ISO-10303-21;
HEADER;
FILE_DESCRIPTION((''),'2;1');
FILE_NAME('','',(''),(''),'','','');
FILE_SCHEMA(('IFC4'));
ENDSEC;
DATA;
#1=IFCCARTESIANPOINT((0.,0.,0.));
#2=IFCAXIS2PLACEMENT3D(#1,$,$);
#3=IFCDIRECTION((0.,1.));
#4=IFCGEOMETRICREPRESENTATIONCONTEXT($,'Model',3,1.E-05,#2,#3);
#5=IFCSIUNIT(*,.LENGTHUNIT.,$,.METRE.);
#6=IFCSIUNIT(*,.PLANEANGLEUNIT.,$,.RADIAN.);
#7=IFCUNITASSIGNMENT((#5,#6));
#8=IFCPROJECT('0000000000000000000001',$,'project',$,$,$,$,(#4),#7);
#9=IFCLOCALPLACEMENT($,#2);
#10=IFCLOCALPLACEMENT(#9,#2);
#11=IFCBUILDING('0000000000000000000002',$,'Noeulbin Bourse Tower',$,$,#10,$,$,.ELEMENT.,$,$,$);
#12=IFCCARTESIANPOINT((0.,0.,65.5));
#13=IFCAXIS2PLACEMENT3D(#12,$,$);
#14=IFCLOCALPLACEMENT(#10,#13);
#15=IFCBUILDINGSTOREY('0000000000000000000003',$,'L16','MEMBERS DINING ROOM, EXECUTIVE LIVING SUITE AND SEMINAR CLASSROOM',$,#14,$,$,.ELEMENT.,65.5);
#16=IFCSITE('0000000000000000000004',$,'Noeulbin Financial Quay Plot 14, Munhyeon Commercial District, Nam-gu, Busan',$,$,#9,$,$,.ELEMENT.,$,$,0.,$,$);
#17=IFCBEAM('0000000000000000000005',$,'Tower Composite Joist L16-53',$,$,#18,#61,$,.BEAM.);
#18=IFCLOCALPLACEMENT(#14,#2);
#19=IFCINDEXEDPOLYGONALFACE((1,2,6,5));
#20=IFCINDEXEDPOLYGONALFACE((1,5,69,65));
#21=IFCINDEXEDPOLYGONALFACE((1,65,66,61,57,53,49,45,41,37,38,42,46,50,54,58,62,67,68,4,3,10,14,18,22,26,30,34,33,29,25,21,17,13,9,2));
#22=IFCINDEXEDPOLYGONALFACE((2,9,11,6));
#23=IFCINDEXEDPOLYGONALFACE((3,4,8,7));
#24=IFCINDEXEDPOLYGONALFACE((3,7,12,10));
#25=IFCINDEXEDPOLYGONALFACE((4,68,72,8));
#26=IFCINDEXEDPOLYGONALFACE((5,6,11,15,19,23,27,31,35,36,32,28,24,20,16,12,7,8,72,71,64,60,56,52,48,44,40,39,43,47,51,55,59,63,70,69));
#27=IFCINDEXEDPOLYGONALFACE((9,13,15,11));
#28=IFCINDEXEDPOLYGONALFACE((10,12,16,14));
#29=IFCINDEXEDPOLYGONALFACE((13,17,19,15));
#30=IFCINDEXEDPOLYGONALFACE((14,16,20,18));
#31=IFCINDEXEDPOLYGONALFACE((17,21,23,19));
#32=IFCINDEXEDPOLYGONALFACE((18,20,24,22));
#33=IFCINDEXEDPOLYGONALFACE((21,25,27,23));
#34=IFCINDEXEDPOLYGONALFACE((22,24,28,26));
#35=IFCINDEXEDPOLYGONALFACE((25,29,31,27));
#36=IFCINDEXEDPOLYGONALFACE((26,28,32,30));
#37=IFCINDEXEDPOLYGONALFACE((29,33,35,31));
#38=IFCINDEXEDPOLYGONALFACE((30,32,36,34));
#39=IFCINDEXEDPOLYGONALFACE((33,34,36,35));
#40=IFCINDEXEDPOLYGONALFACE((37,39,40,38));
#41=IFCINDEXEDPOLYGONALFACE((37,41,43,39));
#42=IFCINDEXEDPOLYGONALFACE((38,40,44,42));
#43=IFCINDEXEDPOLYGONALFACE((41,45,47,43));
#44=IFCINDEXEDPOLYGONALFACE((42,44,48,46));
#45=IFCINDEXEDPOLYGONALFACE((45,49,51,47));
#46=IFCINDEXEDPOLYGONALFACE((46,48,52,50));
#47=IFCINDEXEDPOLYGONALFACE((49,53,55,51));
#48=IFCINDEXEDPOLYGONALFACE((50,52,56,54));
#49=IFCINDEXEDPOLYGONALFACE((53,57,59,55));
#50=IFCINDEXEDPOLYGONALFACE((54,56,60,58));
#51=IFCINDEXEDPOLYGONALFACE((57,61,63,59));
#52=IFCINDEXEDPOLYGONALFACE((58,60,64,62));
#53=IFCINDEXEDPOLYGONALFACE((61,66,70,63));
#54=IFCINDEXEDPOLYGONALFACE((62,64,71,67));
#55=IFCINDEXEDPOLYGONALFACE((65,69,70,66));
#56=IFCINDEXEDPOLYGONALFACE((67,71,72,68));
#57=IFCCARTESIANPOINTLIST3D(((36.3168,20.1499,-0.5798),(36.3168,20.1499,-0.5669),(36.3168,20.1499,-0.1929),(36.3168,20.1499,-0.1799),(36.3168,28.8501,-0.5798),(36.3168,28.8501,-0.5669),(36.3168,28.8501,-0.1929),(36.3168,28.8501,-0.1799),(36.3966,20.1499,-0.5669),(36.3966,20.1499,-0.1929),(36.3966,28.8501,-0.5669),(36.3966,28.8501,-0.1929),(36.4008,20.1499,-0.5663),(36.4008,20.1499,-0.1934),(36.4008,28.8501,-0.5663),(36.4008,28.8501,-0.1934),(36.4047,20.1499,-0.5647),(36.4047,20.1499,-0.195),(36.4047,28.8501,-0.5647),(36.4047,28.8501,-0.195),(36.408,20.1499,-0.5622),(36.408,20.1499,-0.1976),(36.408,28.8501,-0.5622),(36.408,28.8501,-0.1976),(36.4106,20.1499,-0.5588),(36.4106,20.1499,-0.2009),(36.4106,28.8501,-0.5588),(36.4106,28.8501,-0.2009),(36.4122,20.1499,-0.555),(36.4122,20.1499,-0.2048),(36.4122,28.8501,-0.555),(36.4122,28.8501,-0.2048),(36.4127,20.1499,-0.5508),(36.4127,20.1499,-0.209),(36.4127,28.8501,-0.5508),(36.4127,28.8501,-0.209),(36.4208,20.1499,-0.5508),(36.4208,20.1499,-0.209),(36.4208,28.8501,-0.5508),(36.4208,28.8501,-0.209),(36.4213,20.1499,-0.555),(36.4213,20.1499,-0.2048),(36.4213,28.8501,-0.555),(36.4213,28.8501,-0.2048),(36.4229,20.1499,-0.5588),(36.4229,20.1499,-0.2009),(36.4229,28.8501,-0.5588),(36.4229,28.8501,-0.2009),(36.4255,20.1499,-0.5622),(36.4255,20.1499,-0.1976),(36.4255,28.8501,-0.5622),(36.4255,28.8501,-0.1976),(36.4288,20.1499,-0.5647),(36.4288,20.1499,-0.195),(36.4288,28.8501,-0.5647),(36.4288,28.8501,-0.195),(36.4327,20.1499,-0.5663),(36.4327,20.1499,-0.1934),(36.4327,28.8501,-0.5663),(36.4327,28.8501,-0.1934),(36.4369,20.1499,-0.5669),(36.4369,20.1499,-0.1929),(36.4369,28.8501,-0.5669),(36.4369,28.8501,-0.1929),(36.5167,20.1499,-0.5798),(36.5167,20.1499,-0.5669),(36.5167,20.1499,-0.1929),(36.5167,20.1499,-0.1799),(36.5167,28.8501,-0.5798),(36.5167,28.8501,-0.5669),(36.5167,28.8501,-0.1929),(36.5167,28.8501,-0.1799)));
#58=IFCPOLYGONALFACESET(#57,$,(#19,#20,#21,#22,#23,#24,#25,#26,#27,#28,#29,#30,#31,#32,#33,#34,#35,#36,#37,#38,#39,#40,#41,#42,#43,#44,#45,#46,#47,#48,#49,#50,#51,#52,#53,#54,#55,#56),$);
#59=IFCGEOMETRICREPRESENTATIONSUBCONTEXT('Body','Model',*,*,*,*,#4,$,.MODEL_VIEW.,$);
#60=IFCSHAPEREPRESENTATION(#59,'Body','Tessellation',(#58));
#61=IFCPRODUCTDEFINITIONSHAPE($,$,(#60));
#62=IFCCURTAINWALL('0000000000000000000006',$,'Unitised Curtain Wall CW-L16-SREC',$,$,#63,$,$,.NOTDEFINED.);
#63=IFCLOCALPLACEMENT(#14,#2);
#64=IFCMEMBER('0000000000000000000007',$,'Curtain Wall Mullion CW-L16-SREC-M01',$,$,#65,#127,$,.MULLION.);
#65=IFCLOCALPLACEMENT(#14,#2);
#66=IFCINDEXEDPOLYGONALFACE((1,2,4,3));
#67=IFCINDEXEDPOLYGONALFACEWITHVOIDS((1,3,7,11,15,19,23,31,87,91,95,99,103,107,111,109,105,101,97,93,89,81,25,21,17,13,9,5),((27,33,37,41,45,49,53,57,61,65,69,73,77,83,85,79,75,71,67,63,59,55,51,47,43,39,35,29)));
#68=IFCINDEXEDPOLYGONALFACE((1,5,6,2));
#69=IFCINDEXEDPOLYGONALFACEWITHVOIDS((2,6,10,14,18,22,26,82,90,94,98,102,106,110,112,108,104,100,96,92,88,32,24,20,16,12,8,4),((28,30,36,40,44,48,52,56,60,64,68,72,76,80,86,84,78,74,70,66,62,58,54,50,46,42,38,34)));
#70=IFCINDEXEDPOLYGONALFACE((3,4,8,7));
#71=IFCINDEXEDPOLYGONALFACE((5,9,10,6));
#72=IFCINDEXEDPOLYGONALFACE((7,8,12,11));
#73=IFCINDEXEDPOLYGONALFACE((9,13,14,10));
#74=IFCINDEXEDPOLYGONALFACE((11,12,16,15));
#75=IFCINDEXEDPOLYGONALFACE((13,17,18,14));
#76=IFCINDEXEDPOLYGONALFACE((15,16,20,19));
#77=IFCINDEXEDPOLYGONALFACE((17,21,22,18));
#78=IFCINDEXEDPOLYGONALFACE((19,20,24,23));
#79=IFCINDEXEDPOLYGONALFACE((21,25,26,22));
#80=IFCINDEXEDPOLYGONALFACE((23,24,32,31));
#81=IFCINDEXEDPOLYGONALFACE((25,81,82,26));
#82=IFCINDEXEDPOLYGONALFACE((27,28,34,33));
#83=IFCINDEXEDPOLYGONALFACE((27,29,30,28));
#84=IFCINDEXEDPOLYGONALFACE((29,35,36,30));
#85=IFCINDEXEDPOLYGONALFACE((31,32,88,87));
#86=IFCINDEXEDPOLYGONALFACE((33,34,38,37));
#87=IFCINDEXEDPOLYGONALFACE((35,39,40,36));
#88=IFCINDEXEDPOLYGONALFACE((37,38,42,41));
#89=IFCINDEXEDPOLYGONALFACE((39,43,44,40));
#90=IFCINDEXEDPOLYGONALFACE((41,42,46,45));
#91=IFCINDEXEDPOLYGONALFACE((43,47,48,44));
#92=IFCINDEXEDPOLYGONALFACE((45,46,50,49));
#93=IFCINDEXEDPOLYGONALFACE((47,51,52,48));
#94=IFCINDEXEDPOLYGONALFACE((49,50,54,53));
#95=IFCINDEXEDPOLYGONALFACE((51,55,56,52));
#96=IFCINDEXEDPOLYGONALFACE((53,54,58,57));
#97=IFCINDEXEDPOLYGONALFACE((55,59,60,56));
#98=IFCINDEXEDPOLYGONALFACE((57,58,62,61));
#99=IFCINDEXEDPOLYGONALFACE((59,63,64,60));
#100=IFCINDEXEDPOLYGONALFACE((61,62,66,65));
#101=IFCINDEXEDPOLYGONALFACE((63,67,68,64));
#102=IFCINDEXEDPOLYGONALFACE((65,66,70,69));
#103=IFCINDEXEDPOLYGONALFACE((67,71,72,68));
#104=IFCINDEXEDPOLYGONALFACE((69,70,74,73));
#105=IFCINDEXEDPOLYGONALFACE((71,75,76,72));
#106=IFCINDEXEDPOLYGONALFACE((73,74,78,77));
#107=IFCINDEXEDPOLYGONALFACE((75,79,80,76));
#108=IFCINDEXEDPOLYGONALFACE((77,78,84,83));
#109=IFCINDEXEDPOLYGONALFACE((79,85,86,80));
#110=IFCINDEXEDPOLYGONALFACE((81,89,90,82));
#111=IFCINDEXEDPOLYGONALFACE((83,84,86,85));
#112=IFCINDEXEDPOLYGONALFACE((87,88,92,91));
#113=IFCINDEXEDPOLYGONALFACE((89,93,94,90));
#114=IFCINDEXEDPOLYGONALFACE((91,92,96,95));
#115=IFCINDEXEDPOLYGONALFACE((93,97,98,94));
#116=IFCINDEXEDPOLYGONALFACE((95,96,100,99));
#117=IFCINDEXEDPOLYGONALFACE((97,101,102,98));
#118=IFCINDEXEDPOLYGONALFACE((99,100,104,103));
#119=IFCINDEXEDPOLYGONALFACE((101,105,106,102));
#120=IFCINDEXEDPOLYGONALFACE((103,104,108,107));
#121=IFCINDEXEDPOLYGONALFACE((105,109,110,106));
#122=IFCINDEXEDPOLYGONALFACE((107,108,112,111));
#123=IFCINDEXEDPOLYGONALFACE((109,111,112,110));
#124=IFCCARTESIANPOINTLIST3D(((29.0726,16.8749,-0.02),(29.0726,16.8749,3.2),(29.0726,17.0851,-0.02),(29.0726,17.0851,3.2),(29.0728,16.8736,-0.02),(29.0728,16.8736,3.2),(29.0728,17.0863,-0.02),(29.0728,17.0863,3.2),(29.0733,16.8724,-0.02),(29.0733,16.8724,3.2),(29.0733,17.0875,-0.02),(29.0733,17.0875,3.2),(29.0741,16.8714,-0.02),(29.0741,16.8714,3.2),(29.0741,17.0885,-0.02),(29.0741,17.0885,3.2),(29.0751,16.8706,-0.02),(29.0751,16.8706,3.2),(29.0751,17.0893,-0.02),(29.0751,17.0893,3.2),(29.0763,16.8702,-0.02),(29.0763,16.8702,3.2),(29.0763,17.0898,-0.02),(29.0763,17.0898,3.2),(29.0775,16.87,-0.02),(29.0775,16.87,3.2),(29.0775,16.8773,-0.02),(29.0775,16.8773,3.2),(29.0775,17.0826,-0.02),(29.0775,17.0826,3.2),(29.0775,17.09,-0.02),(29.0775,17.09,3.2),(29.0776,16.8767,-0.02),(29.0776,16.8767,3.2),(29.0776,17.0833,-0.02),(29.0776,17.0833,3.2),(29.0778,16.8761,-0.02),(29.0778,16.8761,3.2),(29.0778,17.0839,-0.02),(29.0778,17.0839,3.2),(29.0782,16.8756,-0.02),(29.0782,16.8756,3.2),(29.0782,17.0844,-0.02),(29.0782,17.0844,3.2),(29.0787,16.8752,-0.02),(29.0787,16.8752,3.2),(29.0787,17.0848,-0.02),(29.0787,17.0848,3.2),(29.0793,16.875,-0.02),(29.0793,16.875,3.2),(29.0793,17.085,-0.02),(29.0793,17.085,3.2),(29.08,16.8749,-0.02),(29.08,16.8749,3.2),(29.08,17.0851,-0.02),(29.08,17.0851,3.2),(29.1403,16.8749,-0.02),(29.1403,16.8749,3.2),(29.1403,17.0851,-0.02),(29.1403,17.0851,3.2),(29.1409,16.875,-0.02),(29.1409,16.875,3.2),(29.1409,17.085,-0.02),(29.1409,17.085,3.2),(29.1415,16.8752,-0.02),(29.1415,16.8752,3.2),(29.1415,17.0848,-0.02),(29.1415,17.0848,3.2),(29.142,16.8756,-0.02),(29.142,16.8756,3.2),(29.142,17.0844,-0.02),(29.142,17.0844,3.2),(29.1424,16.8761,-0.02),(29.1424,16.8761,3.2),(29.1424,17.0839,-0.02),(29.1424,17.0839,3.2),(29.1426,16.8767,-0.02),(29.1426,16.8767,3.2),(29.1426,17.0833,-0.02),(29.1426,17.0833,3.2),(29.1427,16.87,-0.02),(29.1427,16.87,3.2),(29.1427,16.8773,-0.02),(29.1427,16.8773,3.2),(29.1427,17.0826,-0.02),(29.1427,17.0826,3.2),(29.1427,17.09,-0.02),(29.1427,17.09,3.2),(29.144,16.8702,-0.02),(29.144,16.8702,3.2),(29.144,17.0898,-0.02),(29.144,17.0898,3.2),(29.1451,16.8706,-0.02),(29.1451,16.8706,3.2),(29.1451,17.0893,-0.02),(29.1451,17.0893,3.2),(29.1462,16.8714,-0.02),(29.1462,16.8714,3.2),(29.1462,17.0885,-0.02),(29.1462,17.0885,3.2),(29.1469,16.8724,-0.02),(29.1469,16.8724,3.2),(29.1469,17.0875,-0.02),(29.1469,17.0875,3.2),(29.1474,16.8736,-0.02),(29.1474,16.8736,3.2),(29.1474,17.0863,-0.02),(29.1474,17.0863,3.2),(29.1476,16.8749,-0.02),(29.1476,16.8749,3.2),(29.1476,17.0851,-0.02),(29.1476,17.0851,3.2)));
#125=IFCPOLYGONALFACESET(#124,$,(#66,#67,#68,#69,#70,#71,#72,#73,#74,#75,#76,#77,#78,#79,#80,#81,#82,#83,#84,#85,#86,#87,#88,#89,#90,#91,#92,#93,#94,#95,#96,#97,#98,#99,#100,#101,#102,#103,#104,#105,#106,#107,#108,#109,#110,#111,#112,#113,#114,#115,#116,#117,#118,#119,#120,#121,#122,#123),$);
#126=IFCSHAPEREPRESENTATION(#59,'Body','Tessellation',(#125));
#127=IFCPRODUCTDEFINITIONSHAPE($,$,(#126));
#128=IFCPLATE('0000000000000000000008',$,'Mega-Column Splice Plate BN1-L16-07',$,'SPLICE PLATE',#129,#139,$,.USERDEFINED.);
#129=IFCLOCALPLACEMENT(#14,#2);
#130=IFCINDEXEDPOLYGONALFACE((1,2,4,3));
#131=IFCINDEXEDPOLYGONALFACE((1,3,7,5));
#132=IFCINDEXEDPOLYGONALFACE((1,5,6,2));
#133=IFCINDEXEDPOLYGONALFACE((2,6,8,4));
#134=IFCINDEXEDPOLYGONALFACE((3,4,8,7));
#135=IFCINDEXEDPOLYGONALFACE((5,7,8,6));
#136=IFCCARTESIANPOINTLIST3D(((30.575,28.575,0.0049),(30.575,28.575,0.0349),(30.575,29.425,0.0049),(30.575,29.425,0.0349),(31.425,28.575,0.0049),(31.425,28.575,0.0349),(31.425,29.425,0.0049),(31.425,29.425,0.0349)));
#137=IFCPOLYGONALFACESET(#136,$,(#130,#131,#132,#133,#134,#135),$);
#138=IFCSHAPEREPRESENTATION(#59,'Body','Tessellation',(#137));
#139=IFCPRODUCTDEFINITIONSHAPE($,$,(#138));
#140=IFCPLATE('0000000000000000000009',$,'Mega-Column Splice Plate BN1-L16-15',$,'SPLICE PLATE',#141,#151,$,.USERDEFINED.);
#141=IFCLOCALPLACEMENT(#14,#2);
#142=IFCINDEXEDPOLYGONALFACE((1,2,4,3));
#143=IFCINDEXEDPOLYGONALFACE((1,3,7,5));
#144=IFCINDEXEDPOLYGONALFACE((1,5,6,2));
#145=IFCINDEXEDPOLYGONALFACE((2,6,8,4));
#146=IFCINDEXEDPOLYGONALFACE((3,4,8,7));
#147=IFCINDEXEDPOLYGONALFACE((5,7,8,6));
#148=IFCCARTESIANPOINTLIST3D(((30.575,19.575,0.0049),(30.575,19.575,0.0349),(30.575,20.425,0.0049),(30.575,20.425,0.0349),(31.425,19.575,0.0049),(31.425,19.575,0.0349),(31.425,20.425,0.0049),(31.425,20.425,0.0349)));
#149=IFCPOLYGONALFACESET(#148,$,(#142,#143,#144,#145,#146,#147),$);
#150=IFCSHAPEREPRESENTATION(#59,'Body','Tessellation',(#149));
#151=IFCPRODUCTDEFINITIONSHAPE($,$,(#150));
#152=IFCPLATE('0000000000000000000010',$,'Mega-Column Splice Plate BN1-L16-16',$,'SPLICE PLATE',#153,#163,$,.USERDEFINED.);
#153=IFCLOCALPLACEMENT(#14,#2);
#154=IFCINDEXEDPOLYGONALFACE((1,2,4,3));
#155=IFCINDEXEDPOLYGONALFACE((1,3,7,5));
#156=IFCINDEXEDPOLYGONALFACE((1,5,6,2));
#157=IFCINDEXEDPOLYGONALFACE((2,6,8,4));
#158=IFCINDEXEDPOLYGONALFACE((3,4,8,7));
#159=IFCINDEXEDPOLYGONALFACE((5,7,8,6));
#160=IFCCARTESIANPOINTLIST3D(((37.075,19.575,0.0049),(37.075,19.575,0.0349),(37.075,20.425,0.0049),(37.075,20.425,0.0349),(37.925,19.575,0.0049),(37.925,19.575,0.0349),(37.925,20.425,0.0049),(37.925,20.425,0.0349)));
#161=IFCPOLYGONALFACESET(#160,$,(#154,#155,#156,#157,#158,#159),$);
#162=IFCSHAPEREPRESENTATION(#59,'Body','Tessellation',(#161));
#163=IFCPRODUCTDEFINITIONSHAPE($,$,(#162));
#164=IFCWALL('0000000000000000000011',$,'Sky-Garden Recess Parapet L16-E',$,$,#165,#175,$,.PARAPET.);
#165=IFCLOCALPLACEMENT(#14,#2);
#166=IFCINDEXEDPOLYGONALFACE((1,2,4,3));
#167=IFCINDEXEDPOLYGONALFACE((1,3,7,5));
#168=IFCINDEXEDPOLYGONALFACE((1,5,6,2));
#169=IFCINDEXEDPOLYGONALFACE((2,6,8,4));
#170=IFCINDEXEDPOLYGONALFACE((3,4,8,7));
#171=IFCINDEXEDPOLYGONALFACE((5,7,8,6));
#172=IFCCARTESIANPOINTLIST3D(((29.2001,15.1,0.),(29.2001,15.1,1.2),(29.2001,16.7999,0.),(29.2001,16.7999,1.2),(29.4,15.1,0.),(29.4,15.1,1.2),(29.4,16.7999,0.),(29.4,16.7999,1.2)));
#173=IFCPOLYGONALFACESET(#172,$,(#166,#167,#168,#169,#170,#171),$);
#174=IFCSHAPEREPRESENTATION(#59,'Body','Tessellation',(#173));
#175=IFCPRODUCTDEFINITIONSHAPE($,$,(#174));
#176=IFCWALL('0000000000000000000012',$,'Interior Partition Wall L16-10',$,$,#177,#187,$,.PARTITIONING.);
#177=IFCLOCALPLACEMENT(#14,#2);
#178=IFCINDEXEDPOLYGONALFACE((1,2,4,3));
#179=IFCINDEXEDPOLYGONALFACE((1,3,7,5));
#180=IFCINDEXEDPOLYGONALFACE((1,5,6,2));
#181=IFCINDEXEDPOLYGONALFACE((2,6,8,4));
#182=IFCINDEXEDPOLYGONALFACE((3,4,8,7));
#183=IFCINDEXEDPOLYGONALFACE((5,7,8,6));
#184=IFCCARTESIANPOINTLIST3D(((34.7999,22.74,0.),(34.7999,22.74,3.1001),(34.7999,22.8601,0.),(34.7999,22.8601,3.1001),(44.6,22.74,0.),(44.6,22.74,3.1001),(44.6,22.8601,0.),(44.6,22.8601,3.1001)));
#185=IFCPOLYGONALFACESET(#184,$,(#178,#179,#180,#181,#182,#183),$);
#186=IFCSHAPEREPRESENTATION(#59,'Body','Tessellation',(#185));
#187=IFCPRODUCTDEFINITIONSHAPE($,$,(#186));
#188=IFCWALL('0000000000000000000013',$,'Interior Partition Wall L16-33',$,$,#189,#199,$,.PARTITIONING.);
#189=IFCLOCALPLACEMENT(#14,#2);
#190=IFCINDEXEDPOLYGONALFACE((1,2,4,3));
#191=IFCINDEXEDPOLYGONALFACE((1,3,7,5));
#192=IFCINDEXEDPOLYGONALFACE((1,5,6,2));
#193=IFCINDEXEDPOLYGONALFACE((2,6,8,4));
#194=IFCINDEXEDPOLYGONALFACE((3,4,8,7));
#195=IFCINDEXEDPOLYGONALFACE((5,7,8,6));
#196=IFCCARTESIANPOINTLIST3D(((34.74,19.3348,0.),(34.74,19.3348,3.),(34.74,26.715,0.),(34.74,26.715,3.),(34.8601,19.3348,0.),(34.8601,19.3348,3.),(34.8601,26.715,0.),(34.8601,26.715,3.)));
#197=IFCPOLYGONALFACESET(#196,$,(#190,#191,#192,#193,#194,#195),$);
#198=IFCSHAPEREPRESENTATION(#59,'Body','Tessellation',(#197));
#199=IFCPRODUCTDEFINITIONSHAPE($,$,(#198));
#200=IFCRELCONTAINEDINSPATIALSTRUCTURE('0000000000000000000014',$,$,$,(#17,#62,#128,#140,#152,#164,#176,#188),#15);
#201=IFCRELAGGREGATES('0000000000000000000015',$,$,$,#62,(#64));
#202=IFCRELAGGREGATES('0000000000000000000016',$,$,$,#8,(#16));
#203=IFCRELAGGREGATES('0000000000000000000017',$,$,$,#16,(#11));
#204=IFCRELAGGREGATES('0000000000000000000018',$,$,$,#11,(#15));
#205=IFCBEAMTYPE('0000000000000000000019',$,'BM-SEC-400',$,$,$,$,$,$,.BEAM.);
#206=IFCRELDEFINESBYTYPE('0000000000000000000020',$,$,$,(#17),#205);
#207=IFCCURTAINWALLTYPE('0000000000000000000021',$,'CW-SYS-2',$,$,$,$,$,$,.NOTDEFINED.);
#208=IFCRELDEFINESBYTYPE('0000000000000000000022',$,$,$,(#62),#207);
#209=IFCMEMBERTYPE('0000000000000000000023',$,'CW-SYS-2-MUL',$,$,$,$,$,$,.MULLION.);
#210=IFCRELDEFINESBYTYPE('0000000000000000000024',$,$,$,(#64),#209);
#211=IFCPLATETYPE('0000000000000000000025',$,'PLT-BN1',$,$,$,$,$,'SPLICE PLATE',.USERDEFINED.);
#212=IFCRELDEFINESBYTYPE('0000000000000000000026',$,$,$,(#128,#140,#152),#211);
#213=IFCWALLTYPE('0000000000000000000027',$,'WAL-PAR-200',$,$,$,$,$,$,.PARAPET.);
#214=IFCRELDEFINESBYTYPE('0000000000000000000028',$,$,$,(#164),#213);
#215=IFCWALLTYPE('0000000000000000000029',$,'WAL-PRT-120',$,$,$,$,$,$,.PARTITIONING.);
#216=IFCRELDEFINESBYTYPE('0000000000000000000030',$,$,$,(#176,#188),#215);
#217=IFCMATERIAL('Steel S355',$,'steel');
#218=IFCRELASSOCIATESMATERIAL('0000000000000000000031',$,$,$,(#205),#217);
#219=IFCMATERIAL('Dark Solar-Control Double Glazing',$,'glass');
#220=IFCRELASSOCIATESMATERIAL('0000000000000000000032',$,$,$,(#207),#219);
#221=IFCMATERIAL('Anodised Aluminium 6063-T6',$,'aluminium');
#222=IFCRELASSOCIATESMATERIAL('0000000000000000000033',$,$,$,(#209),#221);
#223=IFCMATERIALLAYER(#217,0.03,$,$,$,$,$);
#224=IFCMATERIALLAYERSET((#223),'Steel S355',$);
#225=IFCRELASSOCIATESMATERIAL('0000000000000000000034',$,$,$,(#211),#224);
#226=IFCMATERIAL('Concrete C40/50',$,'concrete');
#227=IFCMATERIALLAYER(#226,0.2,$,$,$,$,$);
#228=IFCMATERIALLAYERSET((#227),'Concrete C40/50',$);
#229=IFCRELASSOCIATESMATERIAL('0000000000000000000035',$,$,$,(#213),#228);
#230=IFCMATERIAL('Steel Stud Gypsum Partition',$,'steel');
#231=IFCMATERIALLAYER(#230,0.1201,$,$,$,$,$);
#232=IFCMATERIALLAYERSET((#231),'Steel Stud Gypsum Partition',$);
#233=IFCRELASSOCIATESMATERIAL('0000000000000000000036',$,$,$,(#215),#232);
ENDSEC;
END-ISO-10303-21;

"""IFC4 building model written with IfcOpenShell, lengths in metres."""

from ifc_helpers import new_model, si_unit, direction, frame, frame_2d, origin, origin_2d, place, context, subcontext, project, spatial, rectangle, hollow_rectangle, i_section, extrude, material, layer, layer_set, material_profile, profile_set, type_object, element, aggregate, save


model = new_model("IFC4")

# Units and contexts
model_context = context("Model", 3, precision=1e-05, world=origin(), true_north=direction((0.0, 1.0)))
body_context = subcontext(model_context, "Body", "Model", "MODEL_VIEW")
ifc_project = project(units=[si_unit("LENGTHUNIT", "METRE"), si_unit("PLANEANGLEUNIT", "RADIAN")], contexts=[model_context])

# Site, building, storey
site_placement = place(None, origin())
site = spatial("IfcSite", under=ifc_project, at=site_placement, Name="Noeulbin Financial Quay Plot 14, Munhyeon Commercial District, Nam-gu, Busan", CompositionType="ELEMENT", RefElevation=0.0)
building_placement = place(site_placement, origin())
building = spatial("IfcBuilding", under=site, at=building_placement, Name="Noeulbin Bourse Tower", CompositionType="ELEMENT")
storey_placement = place(building_placement, frame((0.0, 0.0, 65.5)))
storey = spatial("IfcBuildingStorey", under=building, at=storey_placement, Name="L16", Description="MEMBERS DINING ROOM, EXECUTIVE LIVING SUITE AND SEMINAR CLASSROOM", CompositionType="ELEMENT", Elevation=65.5)

# Beam
ifc_material_1 = material(Name="Steel S355", Category="steel")
ifc_material_profile_1 = material_profile(ifc_material_1, i_section(OverallWidth=0.2, OverallDepth=0.3999, WebThickness=0.0081, FlangeThickness=0.0129, FilletRadius=0.0161, at=origin_2d()), Name="H-400x200x8x13", Category="LoadBearing")
ifc_profile_set_1 = profile_set([ifc_material_profile_1], Name="Steel S355")
beam_type_1 = type_object("IfcBeamType", Name="BM-SEC-400", PredefinedType="BEAM", material=ifc_profile_set_1)
beam_1_placement = place(storey_placement, frame((36.4167, 20.1499, -0.3799), z_axis=(0.0, 1.0, 0.0), x_axis=(-1.0, 0.0, 0.0)))
element("IfcBeam", 1, at=beam_1_placement, inside=storey, type_object=beam_type_1, Name="Tower Composite Joist L16-53", PredefinedType="BEAM", context=body_context, shape_type="SweptSolid", body=[
    extrude(i_section(OverallWidth=0.2, OverallDepth=0.3999, WebThickness=0.0081, FlangeThickness=0.0129, FilletRadius=0.0161, at=origin_2d()), origin(), (0.0, 0.0, 1.0), 8.7002),
])

# Curtain wall, member
ifc_material_2 = material(Name="Dark Solar-Control Double Glazing", Category="glass")
curtain_wall_type = type_object("IfcCurtainWallType", Name="CW-SYS-2", PredefinedType="NOTDEFINED", material=ifc_material_2)
curtain_wall_placement = place(storey_placement, origin())
curtain_wall = element("IfcCurtainWall", 2, at=curtain_wall_placement, inside=storey, type_object=curtain_wall_type, Name="Unitised Curtain Wall CW-L16-SREC", PredefinedType="NOTDEFINED")
ifc_material_3 = material(Name="Anodised Aluminium 6063-T6", Category="aluminium")
ifc_material_profile_2 = material_profile(ifc_material_3, hollow_rectangle(XDim=0.075, YDim=0.22, WallThickness=0.0049, InnerFilletRadius=0.0024, OuterFilletRadius=0.0049, at=origin_2d()), Name="ALU-MULL-75x220x5", Category="LoadBearing")
ifc_profile_set_2 = profile_set([ifc_material_profile_2], Name="Anodised Aluminium 6063-T6")
member_type = type_object("IfcMemberType", Name="CW-SYS-2-MUL", PredefinedType="MULLION", material=ifc_profile_set_2)
member_placement = place(storey_placement, frame((29.1101, 16.98, -0.02), z_axis=(0.0, 0.0, 1.0), x_axis=(1.0, 0.0, 0.0)))
member = element("IfcMember", 3, at=member_placement, type_object=member_type, Name="Curtain Wall Mullion CW-L16-SREC-M01", PredefinedType="MULLION", context=body_context, shape_type="SweptSolid", body=[
    extrude(hollow_rectangle(XDim=0.075, YDim=0.22, WallThickness=0.0049, InnerFilletRadius=0.0024, OuterFilletRadius=0.0049, at=origin_2d()), origin(), (0.0, 0.0, 1.0), 3.22),
])
aggregate(curtain_wall, [member])

# Plates
ifc_layer_1 = layer(ifc_material_1, 0.03)
ifc_layer_set_1 = layer_set([ifc_layer_1], Name="Steel S355")
plate_type = type_object("IfcPlateType", Name="PLT-BN1", ElementType="SPLICE PLATE", PredefinedType="USERDEFINED", material=ifc_layer_set_1)
for number, where, z_axis, x_axis, name in (
    (4, (31.0, 29.0, 0.0049), (0.0, 0.0, 1.0), (1.0, 0.0, 0.0), "Mega-Column Splice Plate BN1-L16-07"),
    (5, (31.0, 20.0, 0.0049), (0.0, 0.0, 1.0), (1.0, 0.0, 0.0), "Mega-Column Splice Plate BN1-L16-15"),
    (6, (37.5, 20.0, 0.0049), (0.0, 0.0, 1.0), (1.0, 0.0, 0.0), "Mega-Column Splice Plate BN1-L16-16"),
):
    element("IfcPlate", number, at=place(storey_placement, frame(where, z_axis=z_axis, x_axis=x_axis)), inside=storey, type_object=plate_type, Name=name, ObjectType="SPLICE PLATE", PredefinedType="USERDEFINED", context=body_context, shape_type="SweptSolid", body=[
        extrude(rectangle(XDim=0.8501, YDim=0.8501, at=origin_2d()), origin(), (0.0, 0.0, 1.0), 0.03),
    ])

# Walls
ifc_material_4 = material(Name="Concrete C40/50", Category="concrete")
ifc_layer_2 = layer(ifc_material_4, 0.2)
ifc_layer_set_2 = layer_set([ifc_layer_2], Name="Concrete C40/50")
wall_type_1 = type_object("IfcWallType", Name="WAL-PAR-200", PredefinedType="PARAPET", material=ifc_layer_set_2)
wall_1_placement = place(storey_placement, frame((29.3, 16.8, 0.0), z_axis=(0.0, 0.0, 1.0), x_axis=(0.0, -1.0, 0.0)))
element("IfcWall", 7, at=wall_1_placement, inside=storey, type_object=wall_type_1, Name="Sky-Garden Recess Parapet L16-E", PredefinedType="PARAPET", context=body_context, shape_type="SweptSolid", body=[
    extrude(rectangle(XDim=1.7, YDim=0.2, at=frame_2d((0.8501, 0.0))), origin(), (0.0, 0.0, 1.0), 1.2),
])
ifc_material_5 = material(Name="Steel Stud Gypsum Partition", Category="steel")
ifc_layer_3 = layer(ifc_material_5, 0.1201)
ifc_layer_set_3 = layer_set([ifc_layer_3], Name="Steel Stud Gypsum Partition")
wall_type_2 = type_object("IfcWallType", Name="WAL-PRT-120", PredefinedType="PARTITIONING", material=ifc_layer_set_3)
wall_2_placement = place(storey_placement, frame((34.8, 22.8, 0.0), z_axis=(0.0, 0.0, 1.0), x_axis=(1.0, 0.0, 0.0)))
element("IfcWall", 8, at=wall_2_placement, inside=storey, type_object=wall_type_2, Name="Interior Partition Wall L16-10", PredefinedType="PARTITIONING", context=body_context, shape_type="SweptSolid", body=[
    extrude(rectangle(XDim=9.8, YDim=0.1201, at=frame_2d((4.8999, 0.0))), origin(), (0.0, 0.0, 1.0), 3.1001),
])
wall_3_placement = place(storey_placement, frame((34.8, 19.335, 0.0), z_axis=(0.0, 0.0, 1.0), x_axis=(0.0, 1.0, 0.0)))
element("IfcWall", 9, at=wall_3_placement, inside=storey, type_object=wall_type_2, Name="Interior Partition Wall L16-33", PredefinedType="PARTITIONING", context=body_context, shape_type="SweptSolid", body=[
    extrude(rectangle(XDim=7.3801, YDim=0.1201, at=frame_2d((3.6899, 0.0))), origin(), (0.0, 0.0, 1.0), 3.0),
])

save(model, "model.ifc")
